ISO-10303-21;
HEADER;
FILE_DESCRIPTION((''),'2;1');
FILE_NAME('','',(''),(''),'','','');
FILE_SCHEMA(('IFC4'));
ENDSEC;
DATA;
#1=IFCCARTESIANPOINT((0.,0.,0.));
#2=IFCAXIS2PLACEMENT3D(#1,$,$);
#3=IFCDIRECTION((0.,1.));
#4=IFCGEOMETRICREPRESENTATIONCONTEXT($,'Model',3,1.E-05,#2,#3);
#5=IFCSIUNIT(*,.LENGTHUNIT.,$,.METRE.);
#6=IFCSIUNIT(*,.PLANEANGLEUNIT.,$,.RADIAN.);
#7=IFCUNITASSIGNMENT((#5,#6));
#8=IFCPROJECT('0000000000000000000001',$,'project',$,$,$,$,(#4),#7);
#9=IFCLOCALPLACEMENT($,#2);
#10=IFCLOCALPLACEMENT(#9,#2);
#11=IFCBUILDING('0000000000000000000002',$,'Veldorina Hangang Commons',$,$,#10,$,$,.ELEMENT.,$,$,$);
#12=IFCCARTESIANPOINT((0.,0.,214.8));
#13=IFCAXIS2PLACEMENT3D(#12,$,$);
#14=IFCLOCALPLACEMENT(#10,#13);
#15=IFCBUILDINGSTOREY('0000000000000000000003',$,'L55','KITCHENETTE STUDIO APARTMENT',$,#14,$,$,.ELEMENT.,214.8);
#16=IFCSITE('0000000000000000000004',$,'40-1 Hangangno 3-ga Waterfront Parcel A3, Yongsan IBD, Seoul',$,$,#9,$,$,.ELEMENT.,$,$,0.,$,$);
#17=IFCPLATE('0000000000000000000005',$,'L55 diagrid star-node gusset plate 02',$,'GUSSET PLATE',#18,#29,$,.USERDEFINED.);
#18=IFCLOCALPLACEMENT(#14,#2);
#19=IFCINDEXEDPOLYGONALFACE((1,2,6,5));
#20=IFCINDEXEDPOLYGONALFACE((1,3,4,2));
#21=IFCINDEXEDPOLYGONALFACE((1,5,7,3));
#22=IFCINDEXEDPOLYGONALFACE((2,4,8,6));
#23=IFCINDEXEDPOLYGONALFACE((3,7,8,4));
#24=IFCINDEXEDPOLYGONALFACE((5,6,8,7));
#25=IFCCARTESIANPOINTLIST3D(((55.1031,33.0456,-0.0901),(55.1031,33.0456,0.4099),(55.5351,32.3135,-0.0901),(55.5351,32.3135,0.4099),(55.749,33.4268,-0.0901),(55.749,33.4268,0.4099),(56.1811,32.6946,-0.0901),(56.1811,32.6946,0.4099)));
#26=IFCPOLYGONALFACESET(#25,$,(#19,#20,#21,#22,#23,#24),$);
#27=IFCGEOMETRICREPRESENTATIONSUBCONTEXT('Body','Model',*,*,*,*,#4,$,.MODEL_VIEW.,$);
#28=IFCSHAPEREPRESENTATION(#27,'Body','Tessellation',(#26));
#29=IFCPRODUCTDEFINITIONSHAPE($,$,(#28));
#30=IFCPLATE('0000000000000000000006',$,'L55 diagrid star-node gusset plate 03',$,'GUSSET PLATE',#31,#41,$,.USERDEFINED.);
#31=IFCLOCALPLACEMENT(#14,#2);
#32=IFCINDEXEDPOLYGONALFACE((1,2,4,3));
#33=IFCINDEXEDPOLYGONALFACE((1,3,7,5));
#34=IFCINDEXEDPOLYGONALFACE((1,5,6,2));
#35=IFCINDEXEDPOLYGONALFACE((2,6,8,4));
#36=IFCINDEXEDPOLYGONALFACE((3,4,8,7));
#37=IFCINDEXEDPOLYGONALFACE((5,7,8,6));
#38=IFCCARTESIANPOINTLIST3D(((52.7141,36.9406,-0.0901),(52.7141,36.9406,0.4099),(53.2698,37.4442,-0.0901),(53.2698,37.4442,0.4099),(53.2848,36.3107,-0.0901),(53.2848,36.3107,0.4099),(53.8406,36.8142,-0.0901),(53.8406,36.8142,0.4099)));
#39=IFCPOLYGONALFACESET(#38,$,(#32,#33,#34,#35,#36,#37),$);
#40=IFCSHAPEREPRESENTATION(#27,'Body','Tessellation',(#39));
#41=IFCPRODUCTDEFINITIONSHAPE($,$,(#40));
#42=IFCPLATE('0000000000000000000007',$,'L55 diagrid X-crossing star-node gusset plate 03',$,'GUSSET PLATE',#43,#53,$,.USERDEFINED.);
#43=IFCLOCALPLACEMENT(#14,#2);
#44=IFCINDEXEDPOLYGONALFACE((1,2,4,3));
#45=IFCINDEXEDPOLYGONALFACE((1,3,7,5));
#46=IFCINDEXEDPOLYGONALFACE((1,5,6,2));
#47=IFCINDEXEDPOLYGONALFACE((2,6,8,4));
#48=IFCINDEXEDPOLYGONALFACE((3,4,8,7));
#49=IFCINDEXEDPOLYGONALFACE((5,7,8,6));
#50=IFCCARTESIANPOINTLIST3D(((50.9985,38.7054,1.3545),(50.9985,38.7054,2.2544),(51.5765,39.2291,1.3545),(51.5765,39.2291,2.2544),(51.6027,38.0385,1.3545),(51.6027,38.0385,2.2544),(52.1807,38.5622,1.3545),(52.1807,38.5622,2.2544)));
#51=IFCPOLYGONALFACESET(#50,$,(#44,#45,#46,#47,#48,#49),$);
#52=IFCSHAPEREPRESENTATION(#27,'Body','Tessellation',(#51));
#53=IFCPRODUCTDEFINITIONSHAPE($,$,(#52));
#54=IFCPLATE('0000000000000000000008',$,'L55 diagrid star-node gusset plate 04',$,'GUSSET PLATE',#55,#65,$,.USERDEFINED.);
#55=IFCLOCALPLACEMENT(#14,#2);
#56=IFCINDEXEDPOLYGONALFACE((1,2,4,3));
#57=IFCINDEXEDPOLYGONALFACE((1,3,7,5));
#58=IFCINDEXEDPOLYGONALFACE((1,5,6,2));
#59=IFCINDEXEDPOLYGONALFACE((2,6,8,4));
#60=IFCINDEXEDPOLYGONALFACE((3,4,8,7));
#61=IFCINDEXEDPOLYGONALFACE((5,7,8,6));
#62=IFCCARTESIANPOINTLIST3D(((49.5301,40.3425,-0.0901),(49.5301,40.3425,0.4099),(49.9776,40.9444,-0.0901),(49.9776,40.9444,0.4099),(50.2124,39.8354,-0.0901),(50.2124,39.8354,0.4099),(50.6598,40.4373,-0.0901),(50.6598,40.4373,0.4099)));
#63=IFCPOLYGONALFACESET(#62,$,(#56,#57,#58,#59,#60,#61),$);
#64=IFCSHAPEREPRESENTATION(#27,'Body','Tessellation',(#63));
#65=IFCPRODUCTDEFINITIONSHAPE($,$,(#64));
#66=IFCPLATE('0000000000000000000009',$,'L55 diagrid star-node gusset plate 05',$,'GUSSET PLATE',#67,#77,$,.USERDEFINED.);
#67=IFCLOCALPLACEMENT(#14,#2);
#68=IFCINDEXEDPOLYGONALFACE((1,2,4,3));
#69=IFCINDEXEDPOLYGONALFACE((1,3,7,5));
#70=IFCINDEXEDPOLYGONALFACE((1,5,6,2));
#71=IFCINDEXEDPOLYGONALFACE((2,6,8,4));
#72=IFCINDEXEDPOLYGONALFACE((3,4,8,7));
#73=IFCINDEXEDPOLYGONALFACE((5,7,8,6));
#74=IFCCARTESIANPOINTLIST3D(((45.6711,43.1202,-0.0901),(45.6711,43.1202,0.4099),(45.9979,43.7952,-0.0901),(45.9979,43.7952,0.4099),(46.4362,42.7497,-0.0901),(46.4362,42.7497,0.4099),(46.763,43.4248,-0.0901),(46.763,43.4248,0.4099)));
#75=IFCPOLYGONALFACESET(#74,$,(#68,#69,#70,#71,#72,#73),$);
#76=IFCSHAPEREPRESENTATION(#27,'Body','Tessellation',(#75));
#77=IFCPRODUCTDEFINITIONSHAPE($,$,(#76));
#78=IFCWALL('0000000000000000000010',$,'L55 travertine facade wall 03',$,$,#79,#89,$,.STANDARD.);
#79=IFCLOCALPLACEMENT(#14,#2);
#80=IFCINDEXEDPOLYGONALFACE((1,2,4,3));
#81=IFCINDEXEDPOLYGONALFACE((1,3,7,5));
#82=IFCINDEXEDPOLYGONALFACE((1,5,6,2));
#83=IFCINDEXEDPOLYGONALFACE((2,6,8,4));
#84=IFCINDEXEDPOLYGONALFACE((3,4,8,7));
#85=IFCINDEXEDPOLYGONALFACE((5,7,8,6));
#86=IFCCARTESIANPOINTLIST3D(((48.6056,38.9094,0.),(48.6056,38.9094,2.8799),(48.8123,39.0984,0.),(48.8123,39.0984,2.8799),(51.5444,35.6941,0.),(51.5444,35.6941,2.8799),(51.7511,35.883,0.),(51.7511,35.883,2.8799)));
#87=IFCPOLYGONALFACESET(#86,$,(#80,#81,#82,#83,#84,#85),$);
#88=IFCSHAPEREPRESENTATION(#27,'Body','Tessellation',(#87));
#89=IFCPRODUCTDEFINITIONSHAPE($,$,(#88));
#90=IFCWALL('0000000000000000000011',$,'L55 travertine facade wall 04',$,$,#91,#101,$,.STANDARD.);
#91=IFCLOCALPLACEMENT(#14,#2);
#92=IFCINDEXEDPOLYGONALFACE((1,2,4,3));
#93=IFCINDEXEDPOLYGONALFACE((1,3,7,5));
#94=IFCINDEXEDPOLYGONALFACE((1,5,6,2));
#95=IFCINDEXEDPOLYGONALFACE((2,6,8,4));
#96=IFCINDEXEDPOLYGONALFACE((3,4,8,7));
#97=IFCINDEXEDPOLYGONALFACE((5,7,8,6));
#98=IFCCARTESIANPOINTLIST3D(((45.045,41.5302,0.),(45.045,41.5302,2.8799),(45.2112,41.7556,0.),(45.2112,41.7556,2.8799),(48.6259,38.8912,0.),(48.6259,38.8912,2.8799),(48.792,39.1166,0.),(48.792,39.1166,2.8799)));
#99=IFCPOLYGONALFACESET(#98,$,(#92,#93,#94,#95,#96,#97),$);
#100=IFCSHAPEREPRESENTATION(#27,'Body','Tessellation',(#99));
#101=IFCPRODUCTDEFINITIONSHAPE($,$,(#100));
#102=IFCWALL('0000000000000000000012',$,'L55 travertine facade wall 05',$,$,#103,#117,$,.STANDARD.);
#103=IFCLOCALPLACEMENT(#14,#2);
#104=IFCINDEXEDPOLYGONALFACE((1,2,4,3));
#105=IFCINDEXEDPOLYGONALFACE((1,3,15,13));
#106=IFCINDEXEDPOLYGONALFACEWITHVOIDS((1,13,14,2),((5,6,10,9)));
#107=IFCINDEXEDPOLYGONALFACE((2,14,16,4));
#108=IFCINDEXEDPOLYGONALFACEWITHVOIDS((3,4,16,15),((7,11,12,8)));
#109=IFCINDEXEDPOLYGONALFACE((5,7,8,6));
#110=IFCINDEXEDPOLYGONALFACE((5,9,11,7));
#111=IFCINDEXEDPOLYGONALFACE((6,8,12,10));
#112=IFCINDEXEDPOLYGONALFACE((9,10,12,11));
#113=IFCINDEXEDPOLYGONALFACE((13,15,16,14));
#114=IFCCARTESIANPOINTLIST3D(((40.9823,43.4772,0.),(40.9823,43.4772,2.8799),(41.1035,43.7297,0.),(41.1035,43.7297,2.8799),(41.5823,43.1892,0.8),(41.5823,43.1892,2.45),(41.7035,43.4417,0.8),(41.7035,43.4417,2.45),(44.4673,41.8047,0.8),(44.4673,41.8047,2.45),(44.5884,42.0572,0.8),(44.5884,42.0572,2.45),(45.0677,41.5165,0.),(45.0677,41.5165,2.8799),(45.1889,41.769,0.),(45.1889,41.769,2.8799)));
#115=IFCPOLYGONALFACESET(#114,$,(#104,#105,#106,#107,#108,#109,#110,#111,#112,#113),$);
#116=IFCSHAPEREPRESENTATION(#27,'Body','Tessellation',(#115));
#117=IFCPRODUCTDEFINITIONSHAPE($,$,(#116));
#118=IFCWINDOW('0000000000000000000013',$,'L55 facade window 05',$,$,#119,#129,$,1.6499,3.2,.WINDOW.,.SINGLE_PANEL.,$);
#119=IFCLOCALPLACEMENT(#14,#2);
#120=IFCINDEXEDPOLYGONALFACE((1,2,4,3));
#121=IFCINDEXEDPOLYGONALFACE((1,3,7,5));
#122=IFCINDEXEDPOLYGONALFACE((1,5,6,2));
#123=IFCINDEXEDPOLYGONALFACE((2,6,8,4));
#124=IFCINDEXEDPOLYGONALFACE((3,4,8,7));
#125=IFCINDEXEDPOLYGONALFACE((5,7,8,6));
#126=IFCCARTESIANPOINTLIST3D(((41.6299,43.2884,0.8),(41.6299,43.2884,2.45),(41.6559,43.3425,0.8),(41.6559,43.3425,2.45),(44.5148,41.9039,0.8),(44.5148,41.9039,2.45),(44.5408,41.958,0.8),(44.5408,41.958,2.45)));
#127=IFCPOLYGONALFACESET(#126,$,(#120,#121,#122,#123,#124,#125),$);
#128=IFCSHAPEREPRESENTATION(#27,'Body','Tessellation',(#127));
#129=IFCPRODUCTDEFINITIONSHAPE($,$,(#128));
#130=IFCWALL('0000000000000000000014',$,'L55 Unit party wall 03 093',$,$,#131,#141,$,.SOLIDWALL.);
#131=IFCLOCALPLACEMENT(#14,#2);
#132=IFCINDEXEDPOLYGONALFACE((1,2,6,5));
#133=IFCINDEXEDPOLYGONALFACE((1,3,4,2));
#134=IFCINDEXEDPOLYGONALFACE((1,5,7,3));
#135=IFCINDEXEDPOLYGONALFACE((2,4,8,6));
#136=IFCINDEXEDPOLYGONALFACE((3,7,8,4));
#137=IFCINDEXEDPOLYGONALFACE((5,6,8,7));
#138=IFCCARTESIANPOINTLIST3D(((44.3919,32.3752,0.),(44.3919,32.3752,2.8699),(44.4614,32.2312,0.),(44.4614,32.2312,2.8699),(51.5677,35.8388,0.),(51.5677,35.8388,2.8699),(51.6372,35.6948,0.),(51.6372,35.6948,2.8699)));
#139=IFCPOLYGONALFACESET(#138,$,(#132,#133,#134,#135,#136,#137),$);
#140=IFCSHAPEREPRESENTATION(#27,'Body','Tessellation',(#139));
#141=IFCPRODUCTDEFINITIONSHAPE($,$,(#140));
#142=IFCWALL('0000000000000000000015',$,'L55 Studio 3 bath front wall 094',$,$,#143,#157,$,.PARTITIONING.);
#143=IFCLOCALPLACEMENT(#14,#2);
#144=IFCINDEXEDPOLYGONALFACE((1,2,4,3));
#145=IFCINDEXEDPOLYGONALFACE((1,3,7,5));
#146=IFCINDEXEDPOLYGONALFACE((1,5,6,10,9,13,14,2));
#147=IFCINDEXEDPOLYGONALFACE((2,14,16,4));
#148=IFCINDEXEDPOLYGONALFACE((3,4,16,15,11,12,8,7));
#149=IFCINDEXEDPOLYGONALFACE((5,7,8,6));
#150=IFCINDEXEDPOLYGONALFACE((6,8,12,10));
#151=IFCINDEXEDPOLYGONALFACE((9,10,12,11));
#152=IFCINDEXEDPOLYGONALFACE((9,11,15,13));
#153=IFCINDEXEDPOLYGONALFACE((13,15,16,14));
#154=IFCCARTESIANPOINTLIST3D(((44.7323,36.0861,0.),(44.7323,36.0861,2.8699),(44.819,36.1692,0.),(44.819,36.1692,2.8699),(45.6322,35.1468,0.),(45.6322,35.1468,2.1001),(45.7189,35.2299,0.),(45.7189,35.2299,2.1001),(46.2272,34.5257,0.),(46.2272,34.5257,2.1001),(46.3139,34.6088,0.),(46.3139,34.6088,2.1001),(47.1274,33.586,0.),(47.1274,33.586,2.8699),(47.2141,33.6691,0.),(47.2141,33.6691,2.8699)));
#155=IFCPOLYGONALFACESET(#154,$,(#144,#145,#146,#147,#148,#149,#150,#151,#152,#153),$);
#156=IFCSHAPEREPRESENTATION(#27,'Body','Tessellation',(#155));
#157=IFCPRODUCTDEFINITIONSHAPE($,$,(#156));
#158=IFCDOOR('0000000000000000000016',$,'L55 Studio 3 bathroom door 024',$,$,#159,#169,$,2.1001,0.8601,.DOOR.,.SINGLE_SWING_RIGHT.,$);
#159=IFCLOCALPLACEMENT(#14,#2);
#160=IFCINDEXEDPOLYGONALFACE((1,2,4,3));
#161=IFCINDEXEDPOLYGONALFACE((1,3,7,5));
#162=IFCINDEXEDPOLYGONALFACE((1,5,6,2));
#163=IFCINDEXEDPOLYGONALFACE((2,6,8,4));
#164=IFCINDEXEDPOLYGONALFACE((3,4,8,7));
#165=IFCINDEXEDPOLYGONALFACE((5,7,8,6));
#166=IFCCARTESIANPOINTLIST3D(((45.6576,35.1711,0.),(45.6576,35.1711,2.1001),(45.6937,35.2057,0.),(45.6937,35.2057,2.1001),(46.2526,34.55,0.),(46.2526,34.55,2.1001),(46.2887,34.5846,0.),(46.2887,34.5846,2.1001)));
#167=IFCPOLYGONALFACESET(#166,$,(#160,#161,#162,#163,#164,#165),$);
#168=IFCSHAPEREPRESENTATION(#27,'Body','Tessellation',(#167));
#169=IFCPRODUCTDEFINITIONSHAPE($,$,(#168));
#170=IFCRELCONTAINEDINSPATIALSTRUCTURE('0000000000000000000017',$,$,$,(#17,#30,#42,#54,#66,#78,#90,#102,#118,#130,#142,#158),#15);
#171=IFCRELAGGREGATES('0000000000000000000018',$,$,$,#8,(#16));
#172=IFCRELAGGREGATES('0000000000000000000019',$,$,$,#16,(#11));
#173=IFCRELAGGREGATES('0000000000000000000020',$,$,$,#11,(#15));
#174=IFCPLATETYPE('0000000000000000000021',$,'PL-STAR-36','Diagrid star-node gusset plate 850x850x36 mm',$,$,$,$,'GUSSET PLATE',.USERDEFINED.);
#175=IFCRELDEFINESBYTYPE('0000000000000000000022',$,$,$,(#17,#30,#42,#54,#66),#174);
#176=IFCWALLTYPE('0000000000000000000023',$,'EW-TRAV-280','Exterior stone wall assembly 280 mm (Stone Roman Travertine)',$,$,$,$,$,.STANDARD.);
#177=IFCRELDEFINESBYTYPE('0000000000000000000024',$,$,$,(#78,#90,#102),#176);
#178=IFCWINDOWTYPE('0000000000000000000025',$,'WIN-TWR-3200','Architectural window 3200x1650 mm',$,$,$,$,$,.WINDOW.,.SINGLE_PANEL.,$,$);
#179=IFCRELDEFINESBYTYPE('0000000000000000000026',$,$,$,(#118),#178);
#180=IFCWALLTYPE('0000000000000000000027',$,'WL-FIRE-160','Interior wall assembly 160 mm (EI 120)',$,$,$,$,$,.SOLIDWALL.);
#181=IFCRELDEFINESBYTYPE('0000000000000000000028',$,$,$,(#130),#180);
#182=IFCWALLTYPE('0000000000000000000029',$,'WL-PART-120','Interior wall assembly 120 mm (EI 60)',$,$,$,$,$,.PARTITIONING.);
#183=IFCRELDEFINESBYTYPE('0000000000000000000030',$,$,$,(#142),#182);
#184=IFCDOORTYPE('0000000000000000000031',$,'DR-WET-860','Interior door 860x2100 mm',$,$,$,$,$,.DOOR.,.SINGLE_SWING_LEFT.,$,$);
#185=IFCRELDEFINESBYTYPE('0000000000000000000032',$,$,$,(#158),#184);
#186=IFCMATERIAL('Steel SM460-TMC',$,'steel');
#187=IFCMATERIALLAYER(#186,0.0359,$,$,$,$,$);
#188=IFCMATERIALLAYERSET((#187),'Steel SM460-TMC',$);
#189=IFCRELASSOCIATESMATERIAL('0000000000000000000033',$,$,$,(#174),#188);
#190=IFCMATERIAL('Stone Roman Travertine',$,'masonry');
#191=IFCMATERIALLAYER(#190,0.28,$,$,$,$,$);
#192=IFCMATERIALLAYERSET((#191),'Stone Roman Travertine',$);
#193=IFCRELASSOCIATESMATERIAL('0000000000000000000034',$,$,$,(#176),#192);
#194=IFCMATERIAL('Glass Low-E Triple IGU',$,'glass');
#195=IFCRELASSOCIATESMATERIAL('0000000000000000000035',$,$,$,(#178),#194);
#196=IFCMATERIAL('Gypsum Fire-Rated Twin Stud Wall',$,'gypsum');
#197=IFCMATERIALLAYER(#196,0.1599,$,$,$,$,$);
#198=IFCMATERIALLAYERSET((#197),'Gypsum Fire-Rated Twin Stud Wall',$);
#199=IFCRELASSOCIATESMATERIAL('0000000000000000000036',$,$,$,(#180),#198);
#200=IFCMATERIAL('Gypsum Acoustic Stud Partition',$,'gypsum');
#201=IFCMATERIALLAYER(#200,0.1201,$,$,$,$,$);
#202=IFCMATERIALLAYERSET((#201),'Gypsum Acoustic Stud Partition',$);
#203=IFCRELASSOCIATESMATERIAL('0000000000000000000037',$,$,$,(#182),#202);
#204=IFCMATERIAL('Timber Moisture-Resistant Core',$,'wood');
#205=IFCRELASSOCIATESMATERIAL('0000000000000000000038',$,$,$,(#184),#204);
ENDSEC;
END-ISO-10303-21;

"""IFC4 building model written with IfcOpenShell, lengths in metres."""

from ifc_helpers import new_model, si_unit, direction, frame, frame_2d, origin, origin_2d, place, context, subcontext, project, spatial, rectangle, extrude, material, layer, layer_set, type_object, element, fill, save


model = new_model("IFC4")

# Units and contexts
model_context = context("Model", 3, precision=1e-05, world=origin(), true_north=direction((0.0, 1.0)))
body_context = subcontext(model_context, "Body", "Model", "MODEL_VIEW")
ifc_project = project(units=[si_unit("LENGTHUNIT", "METRE"), si_unit("PLANEANGLEUNIT", "RADIAN")], contexts=[model_context])

# Site, building, storey
site_placement = place(None, origin())
site = spatial("IfcSite", under=ifc_project, at=site_placement, Name="40-1 Hangangno 3-ga Waterfront Parcel A3, Yongsan IBD, Seoul", CompositionType="ELEMENT", RefElevation=0.0)
building_placement = place(site_placement, origin())
building = spatial("IfcBuilding", under=site, at=building_placement, Name="Veldorina Hangang Commons", CompositionType="ELEMENT")
storey_placement = place(building_placement, frame((0.0, 0.0, 214.8)))
storey = spatial("IfcBuildingStorey", under=building, at=storey_placement, Name="L55", Description="KITCHENETTE STUDIO APARTMENT", CompositionType="ELEMENT", Elevation=214.8)

# Plates
ifc_material_1 = material(Name="Steel SM460-TMC", Category="steel")
ifc_layer_1 = layer(ifc_material_1, 0.0359)
ifc_layer_set_1 = layer_set([ifc_layer_1], Name="Steel SM460-TMC")
plate_type = type_object("IfcPlateType", Name="PL-STAR-36", Description="Diagrid star-node gusset plate 850x850x36 mm", ElementType="GUSSET PLATE", PredefinedType="USERDEFINED", material=ifc_layer_set_1)
for number, where, z_axis, x_axis, name in (
    (1, (55.6421, 32.8701, -0.0901), (0.0, 0.0, 1.0), (-0.508215, 0.86123, 0.0), "L55 diagrid star-node gusset plate 02"),
    (2, (53.2773, 36.8774, -0.0901), (0.0, 0.0, 1.0), (-0.671436, 0.741062, 0.0), "L55 diagrid star-node gusset plate 03"),
):
    element("IfcPlate", number, at=place(storey_placement, frame(where, z_axis=z_axis, x_axis=x_axis)), inside=storey, type_object=plate_type, Name=name, ObjectType="GUSSET PLATE", PredefinedType="USERDEFINED", context=body_context, shape_type="SweptSolid", body=[
        extrude(rectangle(XDim=0.8501, YDim=0.75, at=origin_2d()), origin(), (0.0, 0.0, 1.0), 0.5),
    ])
plate_placement = place(storey_placement, frame((51.5896, 38.6338, 1.3545), z_axis=(0.0, 0.0, 1.0), x_axis=(-0.671436, 0.741062, 0.0)))
element("IfcPlate", 3, at=plate_placement, inside=storey, type_object=plate_type, Name="L55 diagrid X-crossing star-node gusset plate 03", ObjectType="GUSSET PLATE", PredefinedType="USERDEFINED", context=body_context, shape_type="SweptSolid", body=[
    extrude(rectangle(XDim=0.8999, YDim=0.78, at=origin_2d()), origin(), (0.0, 0.0, 1.0), 0.8999),
])
for number, where, z_axis, x_axis, name in (
    (4, (50.095, 40.3899, -0.0901), (0.0, 0.0, 1.0), (-0.802557, 0.596575, 0.0), "L55 diagrid star-node gusset plate 04"),
    (5, (46.217, 43.2725, -0.0901), (0.0, 0.0, 1.0), (-0.90006, 0.435765, 0.0), "L55 diagrid star-node gusset plate 05"),
):
    element("IfcPlate", number, at=place(storey_placement, frame(where, z_axis=z_axis, x_axis=x_axis)), inside=storey, type_object=plate_type, Name=name, ObjectType="GUSSET PLATE", PredefinedType="USERDEFINED", context=body_context, shape_type="SweptSolid", body=[
        extrude(rectangle(XDim=0.8501, YDim=0.75, at=origin_2d()), origin(), (0.0, 0.0, 1.0), 0.5),
    ])

# Walls
ifc_material_2 = material(Name="Stone Roman Travertine", Category="masonry")
ifc_layer_2 = layer(ifc_material_2, 0.28)
ifc_layer_set_2 = layer_set([ifc_layer_2], Name="Stone Roman Travertine")
wall_type_1 = type_object("IfcWallType", Name="EW-TRAV-280", Description="Exterior stone wall assembly 280 mm (Stone Roman Travertine)", PredefinedType="STANDARD", material=ifc_layer_set_2)
wall_1_placement = place(storey_placement, frame((51.6477, 35.7886, 0.0), z_axis=(0.0, 0.0, 1.0), x_axis=(-0.674643, 0.738144, 0.0)))
element("IfcWall", 6, at=wall_1_placement, inside=storey, type_object=wall_type_1, Name="L55 travertine facade wall 03", PredefinedType="STANDARD", context=body_context, shape_type="SweptSolid", body=[
    extrude(rectangle(XDim=4.356, YDim=0.28, at=frame_2d((2.178, 0.0))), origin(), (0.0, 0.0, 1.0), 2.8799),
])
wall_2_placement = place(storey_placement, frame((48.709, 39.0039, 0.0), z_axis=(0.0, 0.0, 1.0), x_axis=(-0.80501, 0.593261, 0.0)))
element("IfcWall", 7, at=wall_2_placement, inside=storey, type_object=wall_type_1, Name="L55 travertine facade wall 04", PredefinedType="STANDARD", context=body_context, shape_type="SweptSolid", body=[
    extrude(rectangle(XDim=4.4482, YDim=0.28, at=frame_2d((2.2241, 0.0))), origin(), (0.0, 0.0, 1.0), 2.8799),
])

# Wall, opening, window
wall_3_placement = place(storey_placement, frame((45.1282, 41.6428, 0.0), z_axis=(0.0, 0.0, 1.0), x_axis=(-0.901551, 0.432673, 0.0)))
wall_3 = element("IfcWall", 8, at=wall_3_placement, inside=storey, type_object=wall_type_1, Name="L55 travertine facade wall 05", PredefinedType="STANDARD", context=body_context, shape_type="SweptSolid", body=[
    extrude(rectangle(XDim=4.5315, YDim=0.28, at=frame_2d((2.2656, 0.0))), origin(), (0.0, 0.0, 1.0), 2.8799),
])
opening_1_placement = place(wall_3_placement, frame((0.6658, 0.0, 0.8)))
opening_1 = element("IfcOpeningElement", 9, at=opening_1_placement, cuts=wall_3, PredefinedType="OPENING", context=body_context, shape_type="SweptSolid", body=[
    extrude(rectangle(XDim=3.2, YDim=1.6499, at=frame_2d((1.6001, 0.825))), frame((0.0, 0.1499, 0.0), z_axis=(0.0, -1.0, 0.0), x_axis=(1.0, 0.0, 0.0)), (0.0, 0.0, 1.0), 0.3),
])
ifc_material_3 = material(Name="Glass Low-E Triple IGU", Category="glass")
window_type = type_object("IfcWindowType", Name="WIN-TWR-3200", Description="Architectural window 3200x1650 mm", PartitioningType="SINGLE_PANEL", PredefinedType="WINDOW", material=ifc_material_3)
window_placement = place(opening_1_placement, origin())
window = element("IfcWindow", 10, at=window_placement, inside=storey, type_object=window_type, Name="L55 facade window 05", OverallHeight=1.6499, OverallWidth=3.2, PartitioningType="SINGLE_PANEL", PredefinedType="WINDOW", context=body_context, shape_type="SweptSolid", body=[
    extrude(rectangle(XDim=3.2, YDim=1.6499, at=frame_2d((1.6001, 0.825))), frame((0.0, 0.03, 0.0), z_axis=(0.0, -1.0, 0.0), x_axis=(1.0, 0.0, 0.0)), (0.0, 0.0, 1.0), 0.0601),
])
fill(opening_1, window)

# Wall
ifc_material_4 = material(Name="Gypsum Fire-Rated Twin Stud Wall", Category="gypsum")
ifc_layer_3 = layer(ifc_material_4, 0.1599)
ifc_layer_set_3 = layer_set([ifc_layer_3], Name="Gypsum Fire-Rated Twin Stud Wall")
wall_type_2 = type_object("IfcWallType", Name="WL-FIRE-160", Description="Interior wall assembly 160 mm (EI 120)", PredefinedType="SOLIDWALL", material=ifc_layer_set_3)
wall_4_placement = place(storey_placement, frame((44.4268, 32.3032, 0.0), z_axis=(0.0, 0.0, 1.0), x_axis=(0.900579, 0.434693, 0.0)))
element("IfcWall", 11, at=wall_4_placement, inside=storey, type_object=wall_type_2, Name="L55 Unit party wall 03 093", PredefinedType="SOLIDWALL", context=body_context, shape_type="SweptSolid", body=[
    extrude(rectangle(XDim=7.968, YDim=0.1599, at=frame_2d((3.9839, 0.0))), origin(), (0.0, 0.0, 1.0), 2.8699),
])

# Wall, opening, door
ifc_material_5 = material(Name="Gypsum Acoustic Stud Partition", Category="gypsum")
ifc_layer_4 = layer(ifc_material_5, 0.1201)
ifc_layer_set_4 = layer_set([ifc_layer_4], Name="Gypsum Acoustic Stud Partition")
wall_type_3 = type_object("IfcWallType", Name="WL-PART-120", Description="Interior wall assembly 120 mm (EI 60)", PredefinedType="PARTITIONING", material=ifc_layer_set_4)
wall_5_placement = place(storey_placement, frame((47.1707, 33.6277, 0.0), z_axis=(0.0, 0.0, 1.0), x_axis=(-0.691783, 0.722106, 0.0)))
wall_5 = element("IfcWall", 12, at=wall_5_placement, inside=storey, type_object=wall_type_3, Name="L55 Studio 3 bath front wall 094", PredefinedType="PARTITIONING", context=body_context, shape_type="SweptSolid", body=[
    extrude(rectangle(XDim=3.4622, YDim=0.1201, at=frame_2d((1.731, 0.0))), origin(), (0.0, 0.0, 1.0), 2.8699),
])
opening_2_placement = place(wall_5_placement, frame((1.301, 0.0, 0.0)))
opening_2 = element("IfcOpeningElement", 13, at=opening_2_placement, cuts=wall_5, PredefinedType="OPENING", context=body_context, shape_type="SweptSolid", body=[
    extrude(rectangle(XDim=0.8601, YDim=2.1001, at=frame_2d((0.4302, 1.05))), frame((0.0, 0.0701, 0.0), z_axis=(0.0, -1.0, 0.0), x_axis=(1.0, 0.0, 0.0)), (0.0, 0.0, 1.0), 0.1401),
])
ifc_material_6 = material(Name="Timber Moisture-Resistant Core", Category="wood")
door_type = type_object("IfcDoorType", Name="DR-WET-860", Description="Interior door 860x2100 mm", OperationType="SINGLE_SWING_LEFT", PredefinedType="DOOR", material=ifc_material_6)
door_placement = place(opening_2_placement, origin())
door = element("IfcDoor", 14, at=door_placement, inside=storey, type_object=door_type, Name="L55 Studio 3 bathroom door 024", OperationType="SINGLE_SWING_RIGHT", OverallHeight=2.1001, OverallWidth=0.8601, PredefinedType="DOOR", context=body_context, shape_type="SweptSolid", body=[
    extrude(rectangle(XDim=0.8601, YDim=2.1001, at=frame_2d((0.4302, 1.05))), frame((0.0, 0.0249, 0.0), z_axis=(0.0, -1.0, 0.0), x_axis=(1.0, 0.0, 0.0)), (0.0, 0.0, 1.0), 0.05),
])
fill(opening_2, door)

save(model, "model.ifc")
